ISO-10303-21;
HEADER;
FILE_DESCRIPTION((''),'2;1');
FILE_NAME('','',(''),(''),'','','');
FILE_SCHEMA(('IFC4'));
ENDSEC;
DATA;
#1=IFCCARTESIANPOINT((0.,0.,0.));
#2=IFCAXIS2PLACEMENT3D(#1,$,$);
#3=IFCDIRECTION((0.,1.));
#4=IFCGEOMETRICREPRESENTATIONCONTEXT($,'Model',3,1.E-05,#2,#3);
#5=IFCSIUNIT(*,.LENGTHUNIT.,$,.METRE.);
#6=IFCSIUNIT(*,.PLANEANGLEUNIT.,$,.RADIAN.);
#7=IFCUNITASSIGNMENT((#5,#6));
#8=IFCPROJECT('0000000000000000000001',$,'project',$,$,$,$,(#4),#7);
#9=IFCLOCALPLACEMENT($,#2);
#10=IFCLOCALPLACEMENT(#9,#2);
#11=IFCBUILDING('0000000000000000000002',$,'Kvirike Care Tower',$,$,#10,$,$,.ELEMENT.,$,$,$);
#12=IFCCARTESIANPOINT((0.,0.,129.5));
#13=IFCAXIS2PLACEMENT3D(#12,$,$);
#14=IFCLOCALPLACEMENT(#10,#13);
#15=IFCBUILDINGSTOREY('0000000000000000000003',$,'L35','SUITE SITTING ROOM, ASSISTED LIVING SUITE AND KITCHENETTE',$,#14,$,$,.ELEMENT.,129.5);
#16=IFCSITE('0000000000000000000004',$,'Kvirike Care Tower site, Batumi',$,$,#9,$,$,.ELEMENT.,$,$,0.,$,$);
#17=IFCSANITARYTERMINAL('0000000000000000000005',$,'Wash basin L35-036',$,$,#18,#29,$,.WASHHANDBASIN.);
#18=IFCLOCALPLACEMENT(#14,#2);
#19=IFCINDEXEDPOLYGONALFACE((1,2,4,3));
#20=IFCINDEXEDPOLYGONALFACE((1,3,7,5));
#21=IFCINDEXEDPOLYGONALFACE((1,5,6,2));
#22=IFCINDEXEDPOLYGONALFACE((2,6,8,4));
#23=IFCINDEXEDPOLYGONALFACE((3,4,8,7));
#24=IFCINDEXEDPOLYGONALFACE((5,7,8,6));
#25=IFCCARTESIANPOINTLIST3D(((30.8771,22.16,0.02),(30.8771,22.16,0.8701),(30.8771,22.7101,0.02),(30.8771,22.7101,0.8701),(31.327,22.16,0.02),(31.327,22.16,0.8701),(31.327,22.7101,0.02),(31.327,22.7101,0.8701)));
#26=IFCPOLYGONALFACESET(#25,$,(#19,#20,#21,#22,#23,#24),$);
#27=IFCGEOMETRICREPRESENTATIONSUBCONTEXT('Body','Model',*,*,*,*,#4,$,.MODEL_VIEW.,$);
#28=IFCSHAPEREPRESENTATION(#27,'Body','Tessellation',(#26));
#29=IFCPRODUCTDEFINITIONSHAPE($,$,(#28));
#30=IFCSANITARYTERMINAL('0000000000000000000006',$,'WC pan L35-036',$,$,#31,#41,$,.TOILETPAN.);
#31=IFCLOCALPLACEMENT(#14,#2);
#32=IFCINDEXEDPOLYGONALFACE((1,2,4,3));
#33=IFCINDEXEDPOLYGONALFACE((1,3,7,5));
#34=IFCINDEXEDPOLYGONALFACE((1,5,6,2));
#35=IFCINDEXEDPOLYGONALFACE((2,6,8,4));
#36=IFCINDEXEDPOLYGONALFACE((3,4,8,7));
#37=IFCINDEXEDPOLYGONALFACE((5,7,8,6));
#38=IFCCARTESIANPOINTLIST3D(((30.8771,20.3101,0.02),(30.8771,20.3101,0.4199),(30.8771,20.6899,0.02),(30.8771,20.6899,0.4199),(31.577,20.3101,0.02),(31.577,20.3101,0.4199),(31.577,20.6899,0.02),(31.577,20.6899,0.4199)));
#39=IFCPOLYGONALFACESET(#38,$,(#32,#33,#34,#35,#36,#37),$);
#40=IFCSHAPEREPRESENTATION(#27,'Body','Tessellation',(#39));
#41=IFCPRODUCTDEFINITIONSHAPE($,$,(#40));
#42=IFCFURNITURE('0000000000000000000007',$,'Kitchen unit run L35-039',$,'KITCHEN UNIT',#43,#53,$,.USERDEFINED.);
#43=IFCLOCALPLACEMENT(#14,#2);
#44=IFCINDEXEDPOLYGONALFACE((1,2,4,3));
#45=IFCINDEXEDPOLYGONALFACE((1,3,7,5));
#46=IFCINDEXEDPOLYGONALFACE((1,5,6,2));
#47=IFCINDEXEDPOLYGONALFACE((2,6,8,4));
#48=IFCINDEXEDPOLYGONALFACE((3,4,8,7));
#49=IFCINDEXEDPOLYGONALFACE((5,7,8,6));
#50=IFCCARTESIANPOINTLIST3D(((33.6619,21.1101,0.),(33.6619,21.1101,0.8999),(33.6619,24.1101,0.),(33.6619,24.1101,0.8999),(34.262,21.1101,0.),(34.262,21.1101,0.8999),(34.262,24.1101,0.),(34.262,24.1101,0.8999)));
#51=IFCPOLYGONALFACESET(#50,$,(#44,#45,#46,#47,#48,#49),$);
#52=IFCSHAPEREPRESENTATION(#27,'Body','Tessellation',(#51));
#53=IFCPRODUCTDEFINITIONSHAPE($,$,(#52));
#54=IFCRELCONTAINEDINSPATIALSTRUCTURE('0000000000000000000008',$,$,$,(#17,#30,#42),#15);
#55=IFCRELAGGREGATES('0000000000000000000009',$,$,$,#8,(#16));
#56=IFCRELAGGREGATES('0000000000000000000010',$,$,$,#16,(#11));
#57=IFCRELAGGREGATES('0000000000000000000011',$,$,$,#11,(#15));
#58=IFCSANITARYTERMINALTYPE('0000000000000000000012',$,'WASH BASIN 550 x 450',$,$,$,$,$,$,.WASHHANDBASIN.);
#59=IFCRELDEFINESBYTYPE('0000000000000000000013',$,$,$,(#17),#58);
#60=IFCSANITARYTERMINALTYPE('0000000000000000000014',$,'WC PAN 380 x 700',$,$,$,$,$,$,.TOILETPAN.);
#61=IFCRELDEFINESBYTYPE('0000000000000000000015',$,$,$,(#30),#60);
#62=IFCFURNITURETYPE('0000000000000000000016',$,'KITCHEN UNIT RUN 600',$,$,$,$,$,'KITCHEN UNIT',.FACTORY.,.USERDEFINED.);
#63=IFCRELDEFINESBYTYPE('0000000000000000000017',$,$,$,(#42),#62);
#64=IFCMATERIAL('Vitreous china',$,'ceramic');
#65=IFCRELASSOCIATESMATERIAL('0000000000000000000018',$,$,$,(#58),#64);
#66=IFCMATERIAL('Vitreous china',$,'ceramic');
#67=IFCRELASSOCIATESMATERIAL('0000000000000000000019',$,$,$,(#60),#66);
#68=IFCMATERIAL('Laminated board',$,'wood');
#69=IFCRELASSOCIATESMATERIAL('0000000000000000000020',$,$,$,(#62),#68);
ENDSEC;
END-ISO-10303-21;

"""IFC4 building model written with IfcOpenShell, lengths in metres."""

from ifc_helpers import new_model, si_unit, direction, frame, origin, origin_2d, place, context, subcontext, project, spatial, rectangle, extrude, material, type_object, element, save


model = new_model("IFC4")

# Units and contexts
model_context = context("Model", 3, precision=1e-05, world=origin(), true_north=direction((0.0, 1.0)))
body_context = subcontext(model_context, "Body", "Model", "MODEL_VIEW")
ifc_project = project(units=[si_unit("LENGTHUNIT", "METRE"), si_unit("PLANEANGLEUNIT", "RADIAN")], contexts=[model_context])

# Site, building, storey
site_placement = place(None, origin())
site = spatial("IfcSite", under=ifc_project, at=site_placement, Name="Kvirike Care Tower site, Batumi", CompositionType="ELEMENT", RefElevation=0.0)
building_placement = place(site_placement, origin())
building = spatial("IfcBuilding", under=site, at=building_placement, Name="Kvirike Care Tower", CompositionType="ELEMENT")
storey_placement = place(building_placement, frame((0.0, 0.0, 129.5)))
storey = spatial("IfcBuildingStorey", under=building, at=storey_placement, Name="L35", Description="SUITE SITTING ROOM, ASSISTED LIVING SUITE AND KITCHENETTE", CompositionType="ELEMENT", Elevation=129.5)

# Sanitary terminals
ifc_material_1 = material(Name="Vitreous china", Category="ceramic")
sanitary_terminal_type_1 = type_object("IfcSanitaryTerminalType", Name="WASH BASIN 550 x 450", PredefinedType="WASHHANDBASIN", material=ifc_material_1)
sanitary_terminal_1_placement = place(storey_placement, frame((31.1021, 22.4351, 0.02), z_axis=(0.0, 0.0, 1.0), x_axis=(0.0, 1.0, 0.0)))
element("IfcSanitaryTerminal", 1, at=sanitary_terminal_1_placement, inside=storey, type_object=sanitary_terminal_type_1, Name="Wash basin L35-036", PredefinedType="WASHHANDBASIN", context=body_context, shape_type="SweptSolid", body=[
    extrude(rectangle(XDim=0.55, YDim=0.45, at=origin_2d()), origin(), (0.0, 0.0, 1.0), 0.8501),
])
ifc_material_2 = material(Name="Vitreous china", Category="ceramic")
sanitary_terminal_type_2 = type_object("IfcSanitaryTerminalType", Name="WC PAN 380 x 700", PredefinedType="TOILETPAN", material=ifc_material_2)
sanitary_terminal_2_placement = place(storey_placement, frame((31.2271, 20.5, 0.02), z_axis=(0.0, 0.0, 1.0), x_axis=(0.0, 1.0, 0.0)))
element("IfcSanitaryTerminal", 2, at=sanitary_terminal_2_placement, inside=storey, type_object=sanitary_terminal_type_2, Name="WC pan L35-036", PredefinedType="TOILETPAN", context=body_context, shape_type="SweptSolid", body=[
    extrude(rectangle(XDim=0.3799, YDim=0.7, at=origin_2d()), origin(), (0.0, 0.0, 1.0), 0.3999),
])

# Furniture
ifc_material_3 = material(Name="Laminated board", Category="wood")
furniture_type = type_object("IfcFurnitureType", Name="KITCHEN UNIT RUN 600", ElementType="KITCHEN UNIT", AssemblyPlace="FACTORY", PredefinedType="USERDEFINED", material=ifc_material_3)
furniture_placement = place(storey_placement, frame((33.9619, 22.6101, 0.0), z_axis=(0.0, 0.0, 1.0), x_axis=(0.0, 1.0, 0.0)))
element("IfcFurniture", 3, at=furniture_placement, inside=storey, type_object=furniture_type, Name="Kitchen unit run L35-039", ObjectType="KITCHEN UNIT", PredefinedType="USERDEFINED", context=body_context, shape_type="SweptSolid", body=[
    extrude(rectangle(XDim=3.0, YDim=0.6001, at=origin_2d()), origin(), (0.0, 0.0, 1.0), 0.8999),
])

save(model, "model.ifc")
